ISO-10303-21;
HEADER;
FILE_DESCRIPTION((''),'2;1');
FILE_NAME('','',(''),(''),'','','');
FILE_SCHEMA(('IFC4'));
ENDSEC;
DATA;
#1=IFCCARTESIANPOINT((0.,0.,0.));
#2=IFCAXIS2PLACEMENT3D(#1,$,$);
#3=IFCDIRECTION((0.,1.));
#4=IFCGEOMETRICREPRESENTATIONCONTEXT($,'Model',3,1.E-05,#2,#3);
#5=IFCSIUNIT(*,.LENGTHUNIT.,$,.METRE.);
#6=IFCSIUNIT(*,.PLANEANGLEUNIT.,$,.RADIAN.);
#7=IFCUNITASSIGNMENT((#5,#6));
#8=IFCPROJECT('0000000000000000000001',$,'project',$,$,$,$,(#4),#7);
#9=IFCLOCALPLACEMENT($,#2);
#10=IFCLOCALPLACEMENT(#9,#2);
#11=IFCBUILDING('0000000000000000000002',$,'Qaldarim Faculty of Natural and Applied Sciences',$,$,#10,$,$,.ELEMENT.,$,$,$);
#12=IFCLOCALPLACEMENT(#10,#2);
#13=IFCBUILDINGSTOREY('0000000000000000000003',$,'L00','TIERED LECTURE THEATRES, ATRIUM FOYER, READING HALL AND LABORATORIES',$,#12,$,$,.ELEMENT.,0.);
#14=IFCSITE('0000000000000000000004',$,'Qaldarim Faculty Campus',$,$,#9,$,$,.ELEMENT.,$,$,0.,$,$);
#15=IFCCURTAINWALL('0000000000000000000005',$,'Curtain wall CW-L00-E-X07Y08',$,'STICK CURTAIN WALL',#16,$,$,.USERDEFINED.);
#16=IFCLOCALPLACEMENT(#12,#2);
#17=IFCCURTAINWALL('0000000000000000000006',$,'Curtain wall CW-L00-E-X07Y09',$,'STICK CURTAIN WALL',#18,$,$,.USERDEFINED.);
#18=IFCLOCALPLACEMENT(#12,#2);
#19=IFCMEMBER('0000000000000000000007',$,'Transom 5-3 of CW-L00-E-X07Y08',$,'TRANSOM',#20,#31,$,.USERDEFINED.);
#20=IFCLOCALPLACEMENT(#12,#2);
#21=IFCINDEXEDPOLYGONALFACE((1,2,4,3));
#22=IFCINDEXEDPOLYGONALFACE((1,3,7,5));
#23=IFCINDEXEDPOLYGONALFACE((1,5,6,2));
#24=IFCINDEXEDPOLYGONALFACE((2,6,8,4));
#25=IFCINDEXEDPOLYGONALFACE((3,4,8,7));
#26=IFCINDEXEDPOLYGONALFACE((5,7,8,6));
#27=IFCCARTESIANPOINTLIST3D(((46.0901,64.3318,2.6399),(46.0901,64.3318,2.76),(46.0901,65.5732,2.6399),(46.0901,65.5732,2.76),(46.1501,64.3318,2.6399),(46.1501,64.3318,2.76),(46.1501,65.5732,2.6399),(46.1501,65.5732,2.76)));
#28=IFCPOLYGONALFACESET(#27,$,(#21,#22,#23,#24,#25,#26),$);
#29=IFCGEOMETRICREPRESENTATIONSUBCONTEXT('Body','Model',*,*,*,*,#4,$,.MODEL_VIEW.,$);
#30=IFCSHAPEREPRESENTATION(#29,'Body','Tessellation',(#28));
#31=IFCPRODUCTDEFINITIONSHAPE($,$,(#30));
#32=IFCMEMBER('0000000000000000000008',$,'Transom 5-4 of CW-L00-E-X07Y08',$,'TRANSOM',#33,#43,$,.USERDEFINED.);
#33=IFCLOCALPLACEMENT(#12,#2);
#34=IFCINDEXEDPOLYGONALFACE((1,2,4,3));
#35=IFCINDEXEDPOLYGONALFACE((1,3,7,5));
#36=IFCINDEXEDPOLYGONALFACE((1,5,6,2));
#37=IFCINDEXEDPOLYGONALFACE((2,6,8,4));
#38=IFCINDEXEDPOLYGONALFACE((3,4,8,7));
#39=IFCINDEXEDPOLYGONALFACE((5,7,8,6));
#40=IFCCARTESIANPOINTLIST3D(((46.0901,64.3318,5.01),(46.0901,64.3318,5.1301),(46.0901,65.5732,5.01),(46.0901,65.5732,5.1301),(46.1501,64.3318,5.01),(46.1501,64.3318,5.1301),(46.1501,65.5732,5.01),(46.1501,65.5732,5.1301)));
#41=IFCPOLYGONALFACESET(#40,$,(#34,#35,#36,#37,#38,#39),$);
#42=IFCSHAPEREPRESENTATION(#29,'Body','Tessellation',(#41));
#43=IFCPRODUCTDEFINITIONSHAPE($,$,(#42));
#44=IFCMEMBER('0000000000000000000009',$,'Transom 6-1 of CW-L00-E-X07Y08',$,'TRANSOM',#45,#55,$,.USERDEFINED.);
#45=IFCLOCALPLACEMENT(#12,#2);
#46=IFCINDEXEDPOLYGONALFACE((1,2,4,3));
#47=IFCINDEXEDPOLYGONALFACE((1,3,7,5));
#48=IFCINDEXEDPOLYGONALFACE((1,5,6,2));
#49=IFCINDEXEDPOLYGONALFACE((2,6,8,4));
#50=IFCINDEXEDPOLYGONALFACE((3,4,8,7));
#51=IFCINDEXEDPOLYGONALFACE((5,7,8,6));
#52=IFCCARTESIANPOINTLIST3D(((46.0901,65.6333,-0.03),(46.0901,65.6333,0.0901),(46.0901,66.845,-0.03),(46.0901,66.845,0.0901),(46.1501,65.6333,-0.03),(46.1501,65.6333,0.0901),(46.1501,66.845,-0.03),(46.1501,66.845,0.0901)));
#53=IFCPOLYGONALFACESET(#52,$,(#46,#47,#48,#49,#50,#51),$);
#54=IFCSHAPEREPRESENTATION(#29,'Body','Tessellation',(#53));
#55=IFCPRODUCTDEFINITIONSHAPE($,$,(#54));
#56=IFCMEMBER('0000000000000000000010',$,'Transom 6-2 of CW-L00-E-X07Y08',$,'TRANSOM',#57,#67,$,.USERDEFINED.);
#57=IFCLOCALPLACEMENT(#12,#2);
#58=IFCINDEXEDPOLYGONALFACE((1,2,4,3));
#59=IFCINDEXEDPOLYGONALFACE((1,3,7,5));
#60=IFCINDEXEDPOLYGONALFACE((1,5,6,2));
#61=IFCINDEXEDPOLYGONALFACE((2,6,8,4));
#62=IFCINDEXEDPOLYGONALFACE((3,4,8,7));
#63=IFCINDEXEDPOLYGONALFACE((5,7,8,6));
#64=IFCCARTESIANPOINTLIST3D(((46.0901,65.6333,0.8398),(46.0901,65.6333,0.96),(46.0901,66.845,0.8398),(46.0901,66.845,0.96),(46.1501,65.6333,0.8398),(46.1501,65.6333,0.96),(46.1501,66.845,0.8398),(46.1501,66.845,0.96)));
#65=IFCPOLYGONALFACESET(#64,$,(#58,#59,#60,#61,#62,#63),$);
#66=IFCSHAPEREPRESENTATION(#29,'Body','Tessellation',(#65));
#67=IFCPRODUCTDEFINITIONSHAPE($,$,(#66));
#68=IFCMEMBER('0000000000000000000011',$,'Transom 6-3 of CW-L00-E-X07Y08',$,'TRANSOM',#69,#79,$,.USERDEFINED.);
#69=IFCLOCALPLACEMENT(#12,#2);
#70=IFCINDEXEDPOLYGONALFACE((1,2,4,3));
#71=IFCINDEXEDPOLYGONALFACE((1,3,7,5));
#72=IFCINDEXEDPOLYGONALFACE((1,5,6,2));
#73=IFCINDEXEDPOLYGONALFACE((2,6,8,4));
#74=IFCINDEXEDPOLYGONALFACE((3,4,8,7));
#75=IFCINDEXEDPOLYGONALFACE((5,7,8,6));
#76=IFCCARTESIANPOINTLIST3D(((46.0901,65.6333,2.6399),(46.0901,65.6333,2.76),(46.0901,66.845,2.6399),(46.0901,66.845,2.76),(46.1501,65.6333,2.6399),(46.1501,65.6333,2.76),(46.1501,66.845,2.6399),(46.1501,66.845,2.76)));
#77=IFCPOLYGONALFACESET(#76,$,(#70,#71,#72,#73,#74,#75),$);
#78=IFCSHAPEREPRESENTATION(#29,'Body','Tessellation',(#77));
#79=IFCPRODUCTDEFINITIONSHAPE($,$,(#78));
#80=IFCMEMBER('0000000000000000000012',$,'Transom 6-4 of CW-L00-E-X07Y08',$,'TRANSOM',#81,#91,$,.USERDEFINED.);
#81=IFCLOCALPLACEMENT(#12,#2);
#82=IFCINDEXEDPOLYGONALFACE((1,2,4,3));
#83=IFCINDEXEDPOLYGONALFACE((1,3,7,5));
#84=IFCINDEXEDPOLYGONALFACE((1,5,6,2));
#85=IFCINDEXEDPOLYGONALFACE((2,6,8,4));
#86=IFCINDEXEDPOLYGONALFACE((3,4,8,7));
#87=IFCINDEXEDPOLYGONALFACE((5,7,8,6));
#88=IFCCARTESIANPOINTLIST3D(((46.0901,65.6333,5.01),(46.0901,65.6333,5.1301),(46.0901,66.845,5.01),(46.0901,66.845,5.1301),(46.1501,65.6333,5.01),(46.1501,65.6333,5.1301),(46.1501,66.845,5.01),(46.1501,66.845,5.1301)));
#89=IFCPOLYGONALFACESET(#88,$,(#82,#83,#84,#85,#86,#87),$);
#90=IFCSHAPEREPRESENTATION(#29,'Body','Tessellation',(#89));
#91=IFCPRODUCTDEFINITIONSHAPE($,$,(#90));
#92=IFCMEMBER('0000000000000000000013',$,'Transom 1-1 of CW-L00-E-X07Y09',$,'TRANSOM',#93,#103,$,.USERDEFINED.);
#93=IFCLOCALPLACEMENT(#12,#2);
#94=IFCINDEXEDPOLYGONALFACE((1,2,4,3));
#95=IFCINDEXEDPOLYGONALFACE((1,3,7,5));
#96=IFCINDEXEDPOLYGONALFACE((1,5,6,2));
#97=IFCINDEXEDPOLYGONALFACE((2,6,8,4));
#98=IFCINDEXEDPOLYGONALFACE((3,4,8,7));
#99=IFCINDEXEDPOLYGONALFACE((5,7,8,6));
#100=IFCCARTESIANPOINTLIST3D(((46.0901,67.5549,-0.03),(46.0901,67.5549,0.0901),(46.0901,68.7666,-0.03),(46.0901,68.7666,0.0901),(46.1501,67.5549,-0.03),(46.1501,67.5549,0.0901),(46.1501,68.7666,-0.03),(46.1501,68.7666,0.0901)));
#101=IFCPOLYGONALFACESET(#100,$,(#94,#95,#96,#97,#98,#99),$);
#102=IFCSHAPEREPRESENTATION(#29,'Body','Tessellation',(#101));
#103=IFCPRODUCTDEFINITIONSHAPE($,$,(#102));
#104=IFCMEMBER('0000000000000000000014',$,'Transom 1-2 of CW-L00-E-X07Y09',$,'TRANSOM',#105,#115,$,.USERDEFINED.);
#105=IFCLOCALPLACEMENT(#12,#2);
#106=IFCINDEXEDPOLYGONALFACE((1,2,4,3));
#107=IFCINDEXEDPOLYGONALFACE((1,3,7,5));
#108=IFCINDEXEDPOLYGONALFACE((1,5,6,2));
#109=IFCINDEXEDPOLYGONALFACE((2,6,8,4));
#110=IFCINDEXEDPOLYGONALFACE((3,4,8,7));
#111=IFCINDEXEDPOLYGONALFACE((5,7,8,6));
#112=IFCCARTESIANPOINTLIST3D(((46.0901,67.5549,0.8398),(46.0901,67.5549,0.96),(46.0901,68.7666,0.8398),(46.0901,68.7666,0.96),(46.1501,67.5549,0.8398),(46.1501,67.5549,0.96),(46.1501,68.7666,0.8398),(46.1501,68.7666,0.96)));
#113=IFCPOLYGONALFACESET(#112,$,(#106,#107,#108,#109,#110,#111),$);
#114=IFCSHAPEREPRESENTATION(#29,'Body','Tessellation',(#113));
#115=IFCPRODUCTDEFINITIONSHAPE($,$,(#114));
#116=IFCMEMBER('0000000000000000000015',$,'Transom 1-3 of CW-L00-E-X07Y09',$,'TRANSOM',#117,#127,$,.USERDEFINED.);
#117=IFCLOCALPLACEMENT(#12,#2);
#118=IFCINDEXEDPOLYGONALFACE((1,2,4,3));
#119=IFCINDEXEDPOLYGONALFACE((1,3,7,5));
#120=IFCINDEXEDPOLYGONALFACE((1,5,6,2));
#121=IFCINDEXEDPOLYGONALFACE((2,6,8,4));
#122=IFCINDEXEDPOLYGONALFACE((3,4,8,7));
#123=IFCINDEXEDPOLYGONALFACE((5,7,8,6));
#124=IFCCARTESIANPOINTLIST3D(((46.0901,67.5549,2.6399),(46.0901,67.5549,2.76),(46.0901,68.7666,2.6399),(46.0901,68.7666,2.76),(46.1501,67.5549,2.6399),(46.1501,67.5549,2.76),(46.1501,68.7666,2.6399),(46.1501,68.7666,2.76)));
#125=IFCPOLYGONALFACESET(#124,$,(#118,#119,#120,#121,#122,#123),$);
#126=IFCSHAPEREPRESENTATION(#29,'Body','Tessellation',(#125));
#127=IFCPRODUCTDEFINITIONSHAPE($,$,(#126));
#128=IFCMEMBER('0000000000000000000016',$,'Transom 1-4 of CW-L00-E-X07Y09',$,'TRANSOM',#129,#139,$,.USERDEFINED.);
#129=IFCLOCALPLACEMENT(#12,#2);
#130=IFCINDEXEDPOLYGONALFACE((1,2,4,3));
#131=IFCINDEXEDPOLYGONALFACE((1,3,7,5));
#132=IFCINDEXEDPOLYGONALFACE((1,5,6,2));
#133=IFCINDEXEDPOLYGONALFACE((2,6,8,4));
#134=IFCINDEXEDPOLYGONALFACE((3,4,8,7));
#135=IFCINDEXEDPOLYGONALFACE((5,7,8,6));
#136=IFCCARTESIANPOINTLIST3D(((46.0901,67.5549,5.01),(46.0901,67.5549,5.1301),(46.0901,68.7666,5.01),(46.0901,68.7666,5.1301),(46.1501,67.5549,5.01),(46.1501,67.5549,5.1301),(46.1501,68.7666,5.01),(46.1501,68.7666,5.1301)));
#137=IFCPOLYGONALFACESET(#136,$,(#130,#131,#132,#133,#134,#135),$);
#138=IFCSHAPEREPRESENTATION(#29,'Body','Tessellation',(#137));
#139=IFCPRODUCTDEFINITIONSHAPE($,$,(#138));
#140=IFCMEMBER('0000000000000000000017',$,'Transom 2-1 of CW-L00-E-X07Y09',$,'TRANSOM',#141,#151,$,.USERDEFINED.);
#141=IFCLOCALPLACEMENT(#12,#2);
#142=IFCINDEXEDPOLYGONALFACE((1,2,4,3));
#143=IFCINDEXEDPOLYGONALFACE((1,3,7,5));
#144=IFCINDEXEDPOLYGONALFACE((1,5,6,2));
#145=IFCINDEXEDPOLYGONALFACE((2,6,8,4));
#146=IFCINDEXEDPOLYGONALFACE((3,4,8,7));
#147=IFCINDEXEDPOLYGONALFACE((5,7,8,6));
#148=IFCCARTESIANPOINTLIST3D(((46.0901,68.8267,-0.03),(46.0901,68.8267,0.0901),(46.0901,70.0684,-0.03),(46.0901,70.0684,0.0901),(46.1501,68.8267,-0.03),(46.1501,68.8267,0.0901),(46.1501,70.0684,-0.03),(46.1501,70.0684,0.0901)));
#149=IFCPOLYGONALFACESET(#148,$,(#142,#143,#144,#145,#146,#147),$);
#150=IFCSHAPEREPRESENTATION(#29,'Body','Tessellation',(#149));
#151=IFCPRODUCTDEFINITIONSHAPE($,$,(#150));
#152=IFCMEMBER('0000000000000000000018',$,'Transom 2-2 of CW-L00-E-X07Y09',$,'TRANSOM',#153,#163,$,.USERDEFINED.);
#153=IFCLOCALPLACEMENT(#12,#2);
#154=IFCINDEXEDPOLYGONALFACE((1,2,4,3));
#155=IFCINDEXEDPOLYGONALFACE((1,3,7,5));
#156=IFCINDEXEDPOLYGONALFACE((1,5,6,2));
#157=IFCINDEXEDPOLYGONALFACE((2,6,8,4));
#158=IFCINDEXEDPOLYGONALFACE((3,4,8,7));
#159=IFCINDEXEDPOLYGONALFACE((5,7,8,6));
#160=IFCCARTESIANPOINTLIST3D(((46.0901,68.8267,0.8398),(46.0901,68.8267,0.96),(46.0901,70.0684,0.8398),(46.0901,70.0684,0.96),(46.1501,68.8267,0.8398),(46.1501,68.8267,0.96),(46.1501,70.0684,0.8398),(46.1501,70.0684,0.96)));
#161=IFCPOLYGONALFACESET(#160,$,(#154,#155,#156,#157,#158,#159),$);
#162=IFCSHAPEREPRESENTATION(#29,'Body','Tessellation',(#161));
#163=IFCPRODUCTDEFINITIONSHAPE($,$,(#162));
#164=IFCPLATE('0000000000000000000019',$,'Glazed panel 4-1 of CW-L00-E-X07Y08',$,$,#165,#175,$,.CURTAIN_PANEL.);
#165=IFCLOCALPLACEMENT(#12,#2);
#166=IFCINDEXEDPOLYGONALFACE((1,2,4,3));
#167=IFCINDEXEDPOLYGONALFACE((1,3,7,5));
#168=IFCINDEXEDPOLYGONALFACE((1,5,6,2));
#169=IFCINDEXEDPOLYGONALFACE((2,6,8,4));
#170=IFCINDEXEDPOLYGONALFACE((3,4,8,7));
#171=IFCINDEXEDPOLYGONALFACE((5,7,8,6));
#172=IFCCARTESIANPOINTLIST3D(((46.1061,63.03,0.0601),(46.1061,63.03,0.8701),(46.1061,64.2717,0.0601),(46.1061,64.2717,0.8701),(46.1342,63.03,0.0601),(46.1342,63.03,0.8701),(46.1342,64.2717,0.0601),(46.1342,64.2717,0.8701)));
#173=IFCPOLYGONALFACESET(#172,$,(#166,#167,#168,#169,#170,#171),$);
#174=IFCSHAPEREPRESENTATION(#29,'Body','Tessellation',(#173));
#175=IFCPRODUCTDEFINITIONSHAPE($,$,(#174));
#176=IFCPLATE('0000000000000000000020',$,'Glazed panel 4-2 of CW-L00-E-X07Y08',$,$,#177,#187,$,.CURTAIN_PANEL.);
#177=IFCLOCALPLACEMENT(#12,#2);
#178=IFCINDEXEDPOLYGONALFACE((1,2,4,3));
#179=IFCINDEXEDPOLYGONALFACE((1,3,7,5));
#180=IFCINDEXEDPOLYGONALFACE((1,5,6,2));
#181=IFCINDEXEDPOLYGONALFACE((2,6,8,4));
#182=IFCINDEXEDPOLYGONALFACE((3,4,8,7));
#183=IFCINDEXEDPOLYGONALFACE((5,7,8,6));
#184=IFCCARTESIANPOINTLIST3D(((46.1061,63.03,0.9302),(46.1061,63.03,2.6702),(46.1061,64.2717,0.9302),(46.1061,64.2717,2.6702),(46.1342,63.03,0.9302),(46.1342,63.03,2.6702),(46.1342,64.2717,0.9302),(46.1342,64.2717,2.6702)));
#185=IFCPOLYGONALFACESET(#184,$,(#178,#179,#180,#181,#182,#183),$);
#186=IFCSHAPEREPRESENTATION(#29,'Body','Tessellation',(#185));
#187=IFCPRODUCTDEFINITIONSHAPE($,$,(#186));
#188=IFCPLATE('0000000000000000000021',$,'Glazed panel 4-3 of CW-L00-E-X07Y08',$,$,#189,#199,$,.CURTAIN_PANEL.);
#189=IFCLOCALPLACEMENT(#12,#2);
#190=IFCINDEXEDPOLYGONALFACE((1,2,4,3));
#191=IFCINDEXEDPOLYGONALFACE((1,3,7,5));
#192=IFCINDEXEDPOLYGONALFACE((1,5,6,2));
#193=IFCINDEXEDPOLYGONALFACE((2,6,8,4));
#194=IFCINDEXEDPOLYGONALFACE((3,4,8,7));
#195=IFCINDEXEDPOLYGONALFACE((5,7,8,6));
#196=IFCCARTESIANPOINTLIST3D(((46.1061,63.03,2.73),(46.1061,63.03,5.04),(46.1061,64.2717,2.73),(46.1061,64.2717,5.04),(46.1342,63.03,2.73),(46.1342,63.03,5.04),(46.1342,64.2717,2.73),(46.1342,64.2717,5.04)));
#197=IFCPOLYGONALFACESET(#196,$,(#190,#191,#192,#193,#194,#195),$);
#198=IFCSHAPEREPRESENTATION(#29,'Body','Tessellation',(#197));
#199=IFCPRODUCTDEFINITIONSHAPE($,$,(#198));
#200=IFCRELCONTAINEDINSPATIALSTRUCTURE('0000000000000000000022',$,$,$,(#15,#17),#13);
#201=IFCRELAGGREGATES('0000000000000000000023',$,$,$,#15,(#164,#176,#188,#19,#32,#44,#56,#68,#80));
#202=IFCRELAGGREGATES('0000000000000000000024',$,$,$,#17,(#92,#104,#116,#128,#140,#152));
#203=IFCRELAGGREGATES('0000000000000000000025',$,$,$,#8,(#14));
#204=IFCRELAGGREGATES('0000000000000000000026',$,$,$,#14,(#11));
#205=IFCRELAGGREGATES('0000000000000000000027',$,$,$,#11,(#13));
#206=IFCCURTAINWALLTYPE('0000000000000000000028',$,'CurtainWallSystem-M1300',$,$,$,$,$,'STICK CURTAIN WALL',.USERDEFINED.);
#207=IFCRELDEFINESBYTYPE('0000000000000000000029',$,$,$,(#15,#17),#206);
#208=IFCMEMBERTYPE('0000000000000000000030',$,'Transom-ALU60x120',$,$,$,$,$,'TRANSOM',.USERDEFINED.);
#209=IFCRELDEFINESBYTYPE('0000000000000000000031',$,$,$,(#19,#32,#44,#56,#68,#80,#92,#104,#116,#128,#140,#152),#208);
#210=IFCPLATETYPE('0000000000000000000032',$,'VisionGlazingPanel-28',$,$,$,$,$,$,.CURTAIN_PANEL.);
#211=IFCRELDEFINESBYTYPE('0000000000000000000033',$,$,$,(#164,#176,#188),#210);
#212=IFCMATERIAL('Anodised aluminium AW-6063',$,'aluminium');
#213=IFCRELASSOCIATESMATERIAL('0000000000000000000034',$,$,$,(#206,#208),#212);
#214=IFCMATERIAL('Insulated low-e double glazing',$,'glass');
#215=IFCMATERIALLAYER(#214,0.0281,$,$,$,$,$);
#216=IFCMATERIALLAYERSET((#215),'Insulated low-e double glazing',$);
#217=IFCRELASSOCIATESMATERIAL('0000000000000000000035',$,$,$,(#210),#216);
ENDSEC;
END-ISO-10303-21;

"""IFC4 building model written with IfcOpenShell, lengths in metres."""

from ifc_helpers import new_model, si_unit, direction, frame, origin, origin_2d, place, context, subcontext, project, spatial, rectangle, extrude, material, layer, layer_set, material_profile, profile_set, type_object, element, aggregate, save


model = new_model("IFC4")

# Units and contexts
model_context = context("Model", 3, precision=1e-05, world=origin(), true_north=direction((0.0, 1.0)))
body_context = subcontext(model_context, "Body", "Model", "MODEL_VIEW")
ifc_project = project(units=[si_unit("LENGTHUNIT", "METRE"), si_unit("PLANEANGLEUNIT", "RADIAN")], contexts=[model_context])

# Site, building, storey
site_placement = place(None, origin())
site = spatial("IfcSite", under=ifc_project, at=site_placement, Name="Qaldarim Faculty Campus", CompositionType="ELEMENT", RefElevation=0.0)
building_placement = place(site_placement, origin())
building = spatial("IfcBuilding", under=site, at=building_placement, Name="Qaldarim Faculty of Natural and Applied Sciences", CompositionType="ELEMENT")
storey_placement = place(building_placement, origin())
storey = spatial("IfcBuildingStorey", under=building, at=storey_placement, Name="L00", Description="TIERED LECTURE THEATRES, ATRIUM FOYER, READING HALL AND LABORATORIES", CompositionType="ELEMENT", Elevation=0.0)

# Curtain walls
ifc_material_1 = material(Name="Anodised aluminium AW-6063", Category="aluminium")
curtain_wall_type = type_object("IfcCurtainWallType", Name="CurtainWallSystem-M1300", ElementType="STICK CURTAIN WALL", PredefinedType="USERDEFINED", material=ifc_material_1)
curtain_wall_1_placement = place(storey_placement, origin())
curtain_wall_1 = element("IfcCurtainWall", 1, at=curtain_wall_1_placement, inside=storey, type_object=curtain_wall_type, Name="Curtain wall CW-L00-E-X07Y08", ObjectType="STICK CURTAIN WALL", PredefinedType="USERDEFINED")
curtain_wall_2_placement = place(storey_placement, origin())
curtain_wall_2 = element("IfcCurtainWall", 2, at=curtain_wall_2_placement, inside=storey, type_object=curtain_wall_type, Name="Curtain wall CW-L00-E-X07Y09", ObjectType="STICK CURTAIN WALL", PredefinedType="USERDEFINED")

# Members
ifc_material_profile_1 = material_profile(ifc_material_1, rectangle(XDim=0.0601, YDim=0.1201, at=origin_2d()), Name="ALU-T60x120")
ifc_profile_set_1 = profile_set([ifc_material_profile_1], Name="Anodised aluminium AW-6063")
member_type_1 = type_object("IfcMemberType", Name="Transom-ALU60x120", ElementType="TRANSOM", PredefinedType="USERDEFINED", material=ifc_profile_set_1)
member_1_placement = place(storey_placement, frame((46.1201, 64.3318, 2.7), z_axis=(0.0, 1.0, 0.0), x_axis=(-1.0, 0.0, 0.0)))
member_1 = element("IfcMember", 3, at=member_1_placement, type_object=member_type_1, Name="Transom 5-3 of CW-L00-E-X07Y08", ObjectType="TRANSOM", PredefinedType="USERDEFINED", context=body_context, shape_type="SweptSolid", body=[
    extrude(rectangle(XDim=0.0601, YDim=0.1201, at=origin_2d()), origin(), (0.0, 0.0, 1.0), 1.2415),
])
member_2_placement = place(storey_placement, frame((46.1201, 64.3318, 5.0701), z_axis=(0.0, 1.0, 0.0), x_axis=(-1.0, 0.0, 0.0)))
member_2 = element("IfcMember", 4, at=member_2_placement, type_object=member_type_1, Name="Transom 5-4 of CW-L00-E-X07Y08", ObjectType="TRANSOM", PredefinedType="USERDEFINED", context=body_context, shape_type="SweptSolid", body=[
    extrude(rectangle(XDim=0.0601, YDim=0.1201, at=origin_2d()), origin(), (0.0, 0.0, 1.0), 1.2415),
])
member_3_placement = place(storey_placement, frame((46.1201, 65.6333, 0.03), z_axis=(0.0, 1.0, 0.0), x_axis=(-1.0, 0.0, 0.0)))
member_3 = element("IfcMember", 5, at=member_3_placement, type_object=member_type_1, Name="Transom 6-1 of CW-L00-E-X07Y08", ObjectType="TRANSOM", PredefinedType="USERDEFINED", context=body_context, shape_type="SweptSolid", body=[
    extrude(rectangle(XDim=0.0601, YDim=0.1201, at=origin_2d()), origin(), (0.0, 0.0, 1.0), 1.2117),
])
member_4_placement = place(storey_placement, frame((46.1201, 65.6333, 0.8999), z_axis=(0.0, 1.0, 0.0), x_axis=(-1.0, 0.0, 0.0)))
member_4 = element("IfcMember", 6, at=member_4_placement, type_object=member_type_1, Name="Transom 6-2 of CW-L00-E-X07Y08", ObjectType="TRANSOM", PredefinedType="USERDEFINED", context=body_context, shape_type="SweptSolid", body=[
    extrude(rectangle(XDim=0.0601, YDim=0.1201, at=origin_2d()), origin(), (0.0, 0.0, 1.0), 1.2117),
])
member_5_placement = place(storey_placement, frame((46.1201, 65.6333, 2.7), z_axis=(0.0, 1.0, 0.0), x_axis=(-1.0, 0.0, 0.0)))
member_5 = element("IfcMember", 7, at=member_5_placement, type_object=member_type_1, Name="Transom 6-3 of CW-L00-E-X07Y08", ObjectType="TRANSOM", PredefinedType="USERDEFINED", context=body_context, shape_type="SweptSolid", body=[
    extrude(rectangle(XDim=0.0601, YDim=0.1201, at=origin_2d()), origin(), (0.0, 0.0, 1.0), 1.2117),
])
member_6_placement = place(storey_placement, frame((46.1201, 65.6333, 5.0701), z_axis=(0.0, 1.0, 0.0), x_axis=(-1.0, 0.0, 0.0)))
member_6 = element("IfcMember", 8, at=member_6_placement, type_object=member_type_1, Name="Transom 6-4 of CW-L00-E-X07Y08", ObjectType="TRANSOM", PredefinedType="USERDEFINED", context=body_context, shape_type="SweptSolid", body=[
    extrude(rectangle(XDim=0.0601, YDim=0.1201, at=origin_2d()), origin(), (0.0, 0.0, 1.0), 1.2117),
])
member_7_placement = place(storey_placement, frame((46.1201, 67.5549, 0.03), z_axis=(0.0, 1.0, 0.0), x_axis=(-1.0, 0.0, 0.0)))
member_7 = element("IfcMember", 9, at=member_7_placement, type_object=member_type_1, Name="Transom 1-1 of CW-L00-E-X07Y09", ObjectType="TRANSOM", PredefinedType="USERDEFINED", context=body_context, shape_type="SweptSolid", body=[
    extrude(rectangle(XDim=0.0601, YDim=0.1201, at=origin_2d()), origin(), (0.0, 0.0, 1.0), 1.2117),
])
member_8_placement = place(storey_placement, frame((46.1201, 67.5549, 0.8999), z_axis=(0.0, 1.0, 0.0), x_axis=(-1.0, 0.0, 0.0)))
member_8 = element("IfcMember", 10, at=member_8_placement, type_object=member_type_1, Name="Transom 1-2 of CW-L00-E-X07Y09", ObjectType="TRANSOM", PredefinedType="USERDEFINED", context=body_context, shape_type="SweptSolid", body=[
    extrude(rectangle(XDim=0.0601, YDim=0.1201, at=origin_2d()), origin(), (0.0, 0.0, 1.0), 1.2117),
])
member_9_placement = place(storey_placement, frame((46.1201, 67.5549, 2.7), z_axis=(0.0, 1.0, 0.0), x_axis=(-1.0, 0.0, 0.0)))
member_9 = element("IfcMember", 11, at=member_9_placement, type_object=member_type_1, Name="Transom 1-3 of CW-L00-E-X07Y09", ObjectType="TRANSOM", PredefinedType="USERDEFINED", context=body_context, shape_type="SweptSolid", body=[
    extrude(rectangle(XDim=0.0601, YDim=0.1201, at=origin_2d()), origin(), (0.0, 0.0, 1.0), 1.2117),
])
member_10_placement = place(storey_placement, frame((46.1201, 67.5549, 5.0701), z_axis=(0.0, 1.0, 0.0), x_axis=(-1.0, 0.0, 0.0)))
member_10 = element("IfcMember", 12, at=member_10_placement, type_object=member_type_1, Name="Transom 1-4 of CW-L00-E-X07Y09", ObjectType="TRANSOM", PredefinedType="USERDEFINED", context=body_context, shape_type="SweptSolid", body=[
    extrude(rectangle(XDim=0.0601, YDim=0.1201, at=origin_2d()), origin(), (0.0, 0.0, 1.0), 1.2117),
])
member_11_placement = place(storey_placement, frame((46.1201, 68.8267, 0.03), z_axis=(0.0, 1.0, 0.0), x_axis=(-1.0, 0.0, 0.0)))
member_11 = element("IfcMember", 13, at=member_11_placement, type_object=member_type_1, Name="Transom 2-1 of CW-L00-E-X07Y09", ObjectType="TRANSOM", PredefinedType="USERDEFINED", context=body_context, shape_type="SweptSolid", body=[
    extrude(rectangle(XDim=0.0601, YDim=0.1201, at=origin_2d()), origin(), (0.0, 0.0, 1.0), 1.2417),
])
member_12_placement = place(storey_placement, frame((46.1201, 68.8267, 0.8999), z_axis=(0.0, 1.0, 0.0), x_axis=(-1.0, 0.0, 0.0)))
member_12 = element("IfcMember", 14, at=member_12_placement, type_object=member_type_1, Name="Transom 2-2 of CW-L00-E-X07Y09", ObjectType="TRANSOM", PredefinedType="USERDEFINED", context=body_context, shape_type="SweptSolid", body=[
    extrude(rectangle(XDim=0.0601, YDim=0.1201, at=origin_2d()), origin(), (0.0, 0.0, 1.0), 1.2417),
])

# Plates
ifc_material_2 = material(Name="Insulated low-e double glazing", Category="glass")
ifc_layer_1 = layer(ifc_material_2, 0.0281)
ifc_layer_set_1 = layer_set([ifc_layer_1], Name="Insulated low-e double glazing")
plate_type = type_object("IfcPlateType", Name="VisionGlazingPanel-28", PredefinedType="CURTAIN_PANEL", material=ifc_layer_set_1)
plate_1_placement = place(storey_placement, frame((46.1201, 63.6509, 0.0601), z_axis=(0.0, 0.0, 1.0), x_axis=(0.0, 1.0, 0.0)))
plate_1 = element("IfcPlate", 15, at=plate_1_placement, type_object=plate_type, Name="Glazed panel 4-1 of CW-L00-E-X07Y08", PredefinedType="CURTAIN_PANEL", context=body_context, shape_type="SweptSolid", body=[
    extrude(rectangle(XDim=1.2417, YDim=0.0281, at=origin_2d()), origin(), (0.0, 0.0, 1.0), 0.8101),
])
plate_2_placement = place(storey_placement, frame((46.1201, 63.6509, 0.9302), z_axis=(0.0, 0.0, 1.0), x_axis=(0.0, 1.0, 0.0)))
plate_2 = element("IfcPlate", 16, at=plate_2_placement, type_object=plate_type, Name="Glazed panel 4-2 of CW-L00-E-X07Y08", PredefinedType="CURTAIN_PANEL", context=body_context, shape_type="SweptSolid", body=[
    extrude(rectangle(XDim=1.2417, YDim=0.0281, at=origin_2d()), origin(), (0.0, 0.0, 1.0), 1.74),
])
plate_3_placement = place(storey_placement, frame((46.1201, 63.6509, 2.73), z_axis=(0.0, 0.0, 1.0), x_axis=(0.0, 1.0, 0.0)))
plate_3 = element("IfcPlate", 17, at=plate_3_placement, type_object=plate_type, Name="Glazed panel 4-3 of CW-L00-E-X07Y08", PredefinedType="CURTAIN_PANEL", context=body_context, shape_type="SweptSolid", body=[
    extrude(rectangle(XDim=1.2417, YDim=0.0281, at=origin_2d()), origin(), (0.0, 0.0, 1.0), 2.3101),
])
aggregate(curtain_wall_1, [plate_1, plate_2, plate_3, member_1, member_2, member_3, member_4, member_5, member_6])
aggregate(curtain_wall_2, [member_7, member_8, member_9, member_10, member_11, member_12])

save(model, "model.ifc")
